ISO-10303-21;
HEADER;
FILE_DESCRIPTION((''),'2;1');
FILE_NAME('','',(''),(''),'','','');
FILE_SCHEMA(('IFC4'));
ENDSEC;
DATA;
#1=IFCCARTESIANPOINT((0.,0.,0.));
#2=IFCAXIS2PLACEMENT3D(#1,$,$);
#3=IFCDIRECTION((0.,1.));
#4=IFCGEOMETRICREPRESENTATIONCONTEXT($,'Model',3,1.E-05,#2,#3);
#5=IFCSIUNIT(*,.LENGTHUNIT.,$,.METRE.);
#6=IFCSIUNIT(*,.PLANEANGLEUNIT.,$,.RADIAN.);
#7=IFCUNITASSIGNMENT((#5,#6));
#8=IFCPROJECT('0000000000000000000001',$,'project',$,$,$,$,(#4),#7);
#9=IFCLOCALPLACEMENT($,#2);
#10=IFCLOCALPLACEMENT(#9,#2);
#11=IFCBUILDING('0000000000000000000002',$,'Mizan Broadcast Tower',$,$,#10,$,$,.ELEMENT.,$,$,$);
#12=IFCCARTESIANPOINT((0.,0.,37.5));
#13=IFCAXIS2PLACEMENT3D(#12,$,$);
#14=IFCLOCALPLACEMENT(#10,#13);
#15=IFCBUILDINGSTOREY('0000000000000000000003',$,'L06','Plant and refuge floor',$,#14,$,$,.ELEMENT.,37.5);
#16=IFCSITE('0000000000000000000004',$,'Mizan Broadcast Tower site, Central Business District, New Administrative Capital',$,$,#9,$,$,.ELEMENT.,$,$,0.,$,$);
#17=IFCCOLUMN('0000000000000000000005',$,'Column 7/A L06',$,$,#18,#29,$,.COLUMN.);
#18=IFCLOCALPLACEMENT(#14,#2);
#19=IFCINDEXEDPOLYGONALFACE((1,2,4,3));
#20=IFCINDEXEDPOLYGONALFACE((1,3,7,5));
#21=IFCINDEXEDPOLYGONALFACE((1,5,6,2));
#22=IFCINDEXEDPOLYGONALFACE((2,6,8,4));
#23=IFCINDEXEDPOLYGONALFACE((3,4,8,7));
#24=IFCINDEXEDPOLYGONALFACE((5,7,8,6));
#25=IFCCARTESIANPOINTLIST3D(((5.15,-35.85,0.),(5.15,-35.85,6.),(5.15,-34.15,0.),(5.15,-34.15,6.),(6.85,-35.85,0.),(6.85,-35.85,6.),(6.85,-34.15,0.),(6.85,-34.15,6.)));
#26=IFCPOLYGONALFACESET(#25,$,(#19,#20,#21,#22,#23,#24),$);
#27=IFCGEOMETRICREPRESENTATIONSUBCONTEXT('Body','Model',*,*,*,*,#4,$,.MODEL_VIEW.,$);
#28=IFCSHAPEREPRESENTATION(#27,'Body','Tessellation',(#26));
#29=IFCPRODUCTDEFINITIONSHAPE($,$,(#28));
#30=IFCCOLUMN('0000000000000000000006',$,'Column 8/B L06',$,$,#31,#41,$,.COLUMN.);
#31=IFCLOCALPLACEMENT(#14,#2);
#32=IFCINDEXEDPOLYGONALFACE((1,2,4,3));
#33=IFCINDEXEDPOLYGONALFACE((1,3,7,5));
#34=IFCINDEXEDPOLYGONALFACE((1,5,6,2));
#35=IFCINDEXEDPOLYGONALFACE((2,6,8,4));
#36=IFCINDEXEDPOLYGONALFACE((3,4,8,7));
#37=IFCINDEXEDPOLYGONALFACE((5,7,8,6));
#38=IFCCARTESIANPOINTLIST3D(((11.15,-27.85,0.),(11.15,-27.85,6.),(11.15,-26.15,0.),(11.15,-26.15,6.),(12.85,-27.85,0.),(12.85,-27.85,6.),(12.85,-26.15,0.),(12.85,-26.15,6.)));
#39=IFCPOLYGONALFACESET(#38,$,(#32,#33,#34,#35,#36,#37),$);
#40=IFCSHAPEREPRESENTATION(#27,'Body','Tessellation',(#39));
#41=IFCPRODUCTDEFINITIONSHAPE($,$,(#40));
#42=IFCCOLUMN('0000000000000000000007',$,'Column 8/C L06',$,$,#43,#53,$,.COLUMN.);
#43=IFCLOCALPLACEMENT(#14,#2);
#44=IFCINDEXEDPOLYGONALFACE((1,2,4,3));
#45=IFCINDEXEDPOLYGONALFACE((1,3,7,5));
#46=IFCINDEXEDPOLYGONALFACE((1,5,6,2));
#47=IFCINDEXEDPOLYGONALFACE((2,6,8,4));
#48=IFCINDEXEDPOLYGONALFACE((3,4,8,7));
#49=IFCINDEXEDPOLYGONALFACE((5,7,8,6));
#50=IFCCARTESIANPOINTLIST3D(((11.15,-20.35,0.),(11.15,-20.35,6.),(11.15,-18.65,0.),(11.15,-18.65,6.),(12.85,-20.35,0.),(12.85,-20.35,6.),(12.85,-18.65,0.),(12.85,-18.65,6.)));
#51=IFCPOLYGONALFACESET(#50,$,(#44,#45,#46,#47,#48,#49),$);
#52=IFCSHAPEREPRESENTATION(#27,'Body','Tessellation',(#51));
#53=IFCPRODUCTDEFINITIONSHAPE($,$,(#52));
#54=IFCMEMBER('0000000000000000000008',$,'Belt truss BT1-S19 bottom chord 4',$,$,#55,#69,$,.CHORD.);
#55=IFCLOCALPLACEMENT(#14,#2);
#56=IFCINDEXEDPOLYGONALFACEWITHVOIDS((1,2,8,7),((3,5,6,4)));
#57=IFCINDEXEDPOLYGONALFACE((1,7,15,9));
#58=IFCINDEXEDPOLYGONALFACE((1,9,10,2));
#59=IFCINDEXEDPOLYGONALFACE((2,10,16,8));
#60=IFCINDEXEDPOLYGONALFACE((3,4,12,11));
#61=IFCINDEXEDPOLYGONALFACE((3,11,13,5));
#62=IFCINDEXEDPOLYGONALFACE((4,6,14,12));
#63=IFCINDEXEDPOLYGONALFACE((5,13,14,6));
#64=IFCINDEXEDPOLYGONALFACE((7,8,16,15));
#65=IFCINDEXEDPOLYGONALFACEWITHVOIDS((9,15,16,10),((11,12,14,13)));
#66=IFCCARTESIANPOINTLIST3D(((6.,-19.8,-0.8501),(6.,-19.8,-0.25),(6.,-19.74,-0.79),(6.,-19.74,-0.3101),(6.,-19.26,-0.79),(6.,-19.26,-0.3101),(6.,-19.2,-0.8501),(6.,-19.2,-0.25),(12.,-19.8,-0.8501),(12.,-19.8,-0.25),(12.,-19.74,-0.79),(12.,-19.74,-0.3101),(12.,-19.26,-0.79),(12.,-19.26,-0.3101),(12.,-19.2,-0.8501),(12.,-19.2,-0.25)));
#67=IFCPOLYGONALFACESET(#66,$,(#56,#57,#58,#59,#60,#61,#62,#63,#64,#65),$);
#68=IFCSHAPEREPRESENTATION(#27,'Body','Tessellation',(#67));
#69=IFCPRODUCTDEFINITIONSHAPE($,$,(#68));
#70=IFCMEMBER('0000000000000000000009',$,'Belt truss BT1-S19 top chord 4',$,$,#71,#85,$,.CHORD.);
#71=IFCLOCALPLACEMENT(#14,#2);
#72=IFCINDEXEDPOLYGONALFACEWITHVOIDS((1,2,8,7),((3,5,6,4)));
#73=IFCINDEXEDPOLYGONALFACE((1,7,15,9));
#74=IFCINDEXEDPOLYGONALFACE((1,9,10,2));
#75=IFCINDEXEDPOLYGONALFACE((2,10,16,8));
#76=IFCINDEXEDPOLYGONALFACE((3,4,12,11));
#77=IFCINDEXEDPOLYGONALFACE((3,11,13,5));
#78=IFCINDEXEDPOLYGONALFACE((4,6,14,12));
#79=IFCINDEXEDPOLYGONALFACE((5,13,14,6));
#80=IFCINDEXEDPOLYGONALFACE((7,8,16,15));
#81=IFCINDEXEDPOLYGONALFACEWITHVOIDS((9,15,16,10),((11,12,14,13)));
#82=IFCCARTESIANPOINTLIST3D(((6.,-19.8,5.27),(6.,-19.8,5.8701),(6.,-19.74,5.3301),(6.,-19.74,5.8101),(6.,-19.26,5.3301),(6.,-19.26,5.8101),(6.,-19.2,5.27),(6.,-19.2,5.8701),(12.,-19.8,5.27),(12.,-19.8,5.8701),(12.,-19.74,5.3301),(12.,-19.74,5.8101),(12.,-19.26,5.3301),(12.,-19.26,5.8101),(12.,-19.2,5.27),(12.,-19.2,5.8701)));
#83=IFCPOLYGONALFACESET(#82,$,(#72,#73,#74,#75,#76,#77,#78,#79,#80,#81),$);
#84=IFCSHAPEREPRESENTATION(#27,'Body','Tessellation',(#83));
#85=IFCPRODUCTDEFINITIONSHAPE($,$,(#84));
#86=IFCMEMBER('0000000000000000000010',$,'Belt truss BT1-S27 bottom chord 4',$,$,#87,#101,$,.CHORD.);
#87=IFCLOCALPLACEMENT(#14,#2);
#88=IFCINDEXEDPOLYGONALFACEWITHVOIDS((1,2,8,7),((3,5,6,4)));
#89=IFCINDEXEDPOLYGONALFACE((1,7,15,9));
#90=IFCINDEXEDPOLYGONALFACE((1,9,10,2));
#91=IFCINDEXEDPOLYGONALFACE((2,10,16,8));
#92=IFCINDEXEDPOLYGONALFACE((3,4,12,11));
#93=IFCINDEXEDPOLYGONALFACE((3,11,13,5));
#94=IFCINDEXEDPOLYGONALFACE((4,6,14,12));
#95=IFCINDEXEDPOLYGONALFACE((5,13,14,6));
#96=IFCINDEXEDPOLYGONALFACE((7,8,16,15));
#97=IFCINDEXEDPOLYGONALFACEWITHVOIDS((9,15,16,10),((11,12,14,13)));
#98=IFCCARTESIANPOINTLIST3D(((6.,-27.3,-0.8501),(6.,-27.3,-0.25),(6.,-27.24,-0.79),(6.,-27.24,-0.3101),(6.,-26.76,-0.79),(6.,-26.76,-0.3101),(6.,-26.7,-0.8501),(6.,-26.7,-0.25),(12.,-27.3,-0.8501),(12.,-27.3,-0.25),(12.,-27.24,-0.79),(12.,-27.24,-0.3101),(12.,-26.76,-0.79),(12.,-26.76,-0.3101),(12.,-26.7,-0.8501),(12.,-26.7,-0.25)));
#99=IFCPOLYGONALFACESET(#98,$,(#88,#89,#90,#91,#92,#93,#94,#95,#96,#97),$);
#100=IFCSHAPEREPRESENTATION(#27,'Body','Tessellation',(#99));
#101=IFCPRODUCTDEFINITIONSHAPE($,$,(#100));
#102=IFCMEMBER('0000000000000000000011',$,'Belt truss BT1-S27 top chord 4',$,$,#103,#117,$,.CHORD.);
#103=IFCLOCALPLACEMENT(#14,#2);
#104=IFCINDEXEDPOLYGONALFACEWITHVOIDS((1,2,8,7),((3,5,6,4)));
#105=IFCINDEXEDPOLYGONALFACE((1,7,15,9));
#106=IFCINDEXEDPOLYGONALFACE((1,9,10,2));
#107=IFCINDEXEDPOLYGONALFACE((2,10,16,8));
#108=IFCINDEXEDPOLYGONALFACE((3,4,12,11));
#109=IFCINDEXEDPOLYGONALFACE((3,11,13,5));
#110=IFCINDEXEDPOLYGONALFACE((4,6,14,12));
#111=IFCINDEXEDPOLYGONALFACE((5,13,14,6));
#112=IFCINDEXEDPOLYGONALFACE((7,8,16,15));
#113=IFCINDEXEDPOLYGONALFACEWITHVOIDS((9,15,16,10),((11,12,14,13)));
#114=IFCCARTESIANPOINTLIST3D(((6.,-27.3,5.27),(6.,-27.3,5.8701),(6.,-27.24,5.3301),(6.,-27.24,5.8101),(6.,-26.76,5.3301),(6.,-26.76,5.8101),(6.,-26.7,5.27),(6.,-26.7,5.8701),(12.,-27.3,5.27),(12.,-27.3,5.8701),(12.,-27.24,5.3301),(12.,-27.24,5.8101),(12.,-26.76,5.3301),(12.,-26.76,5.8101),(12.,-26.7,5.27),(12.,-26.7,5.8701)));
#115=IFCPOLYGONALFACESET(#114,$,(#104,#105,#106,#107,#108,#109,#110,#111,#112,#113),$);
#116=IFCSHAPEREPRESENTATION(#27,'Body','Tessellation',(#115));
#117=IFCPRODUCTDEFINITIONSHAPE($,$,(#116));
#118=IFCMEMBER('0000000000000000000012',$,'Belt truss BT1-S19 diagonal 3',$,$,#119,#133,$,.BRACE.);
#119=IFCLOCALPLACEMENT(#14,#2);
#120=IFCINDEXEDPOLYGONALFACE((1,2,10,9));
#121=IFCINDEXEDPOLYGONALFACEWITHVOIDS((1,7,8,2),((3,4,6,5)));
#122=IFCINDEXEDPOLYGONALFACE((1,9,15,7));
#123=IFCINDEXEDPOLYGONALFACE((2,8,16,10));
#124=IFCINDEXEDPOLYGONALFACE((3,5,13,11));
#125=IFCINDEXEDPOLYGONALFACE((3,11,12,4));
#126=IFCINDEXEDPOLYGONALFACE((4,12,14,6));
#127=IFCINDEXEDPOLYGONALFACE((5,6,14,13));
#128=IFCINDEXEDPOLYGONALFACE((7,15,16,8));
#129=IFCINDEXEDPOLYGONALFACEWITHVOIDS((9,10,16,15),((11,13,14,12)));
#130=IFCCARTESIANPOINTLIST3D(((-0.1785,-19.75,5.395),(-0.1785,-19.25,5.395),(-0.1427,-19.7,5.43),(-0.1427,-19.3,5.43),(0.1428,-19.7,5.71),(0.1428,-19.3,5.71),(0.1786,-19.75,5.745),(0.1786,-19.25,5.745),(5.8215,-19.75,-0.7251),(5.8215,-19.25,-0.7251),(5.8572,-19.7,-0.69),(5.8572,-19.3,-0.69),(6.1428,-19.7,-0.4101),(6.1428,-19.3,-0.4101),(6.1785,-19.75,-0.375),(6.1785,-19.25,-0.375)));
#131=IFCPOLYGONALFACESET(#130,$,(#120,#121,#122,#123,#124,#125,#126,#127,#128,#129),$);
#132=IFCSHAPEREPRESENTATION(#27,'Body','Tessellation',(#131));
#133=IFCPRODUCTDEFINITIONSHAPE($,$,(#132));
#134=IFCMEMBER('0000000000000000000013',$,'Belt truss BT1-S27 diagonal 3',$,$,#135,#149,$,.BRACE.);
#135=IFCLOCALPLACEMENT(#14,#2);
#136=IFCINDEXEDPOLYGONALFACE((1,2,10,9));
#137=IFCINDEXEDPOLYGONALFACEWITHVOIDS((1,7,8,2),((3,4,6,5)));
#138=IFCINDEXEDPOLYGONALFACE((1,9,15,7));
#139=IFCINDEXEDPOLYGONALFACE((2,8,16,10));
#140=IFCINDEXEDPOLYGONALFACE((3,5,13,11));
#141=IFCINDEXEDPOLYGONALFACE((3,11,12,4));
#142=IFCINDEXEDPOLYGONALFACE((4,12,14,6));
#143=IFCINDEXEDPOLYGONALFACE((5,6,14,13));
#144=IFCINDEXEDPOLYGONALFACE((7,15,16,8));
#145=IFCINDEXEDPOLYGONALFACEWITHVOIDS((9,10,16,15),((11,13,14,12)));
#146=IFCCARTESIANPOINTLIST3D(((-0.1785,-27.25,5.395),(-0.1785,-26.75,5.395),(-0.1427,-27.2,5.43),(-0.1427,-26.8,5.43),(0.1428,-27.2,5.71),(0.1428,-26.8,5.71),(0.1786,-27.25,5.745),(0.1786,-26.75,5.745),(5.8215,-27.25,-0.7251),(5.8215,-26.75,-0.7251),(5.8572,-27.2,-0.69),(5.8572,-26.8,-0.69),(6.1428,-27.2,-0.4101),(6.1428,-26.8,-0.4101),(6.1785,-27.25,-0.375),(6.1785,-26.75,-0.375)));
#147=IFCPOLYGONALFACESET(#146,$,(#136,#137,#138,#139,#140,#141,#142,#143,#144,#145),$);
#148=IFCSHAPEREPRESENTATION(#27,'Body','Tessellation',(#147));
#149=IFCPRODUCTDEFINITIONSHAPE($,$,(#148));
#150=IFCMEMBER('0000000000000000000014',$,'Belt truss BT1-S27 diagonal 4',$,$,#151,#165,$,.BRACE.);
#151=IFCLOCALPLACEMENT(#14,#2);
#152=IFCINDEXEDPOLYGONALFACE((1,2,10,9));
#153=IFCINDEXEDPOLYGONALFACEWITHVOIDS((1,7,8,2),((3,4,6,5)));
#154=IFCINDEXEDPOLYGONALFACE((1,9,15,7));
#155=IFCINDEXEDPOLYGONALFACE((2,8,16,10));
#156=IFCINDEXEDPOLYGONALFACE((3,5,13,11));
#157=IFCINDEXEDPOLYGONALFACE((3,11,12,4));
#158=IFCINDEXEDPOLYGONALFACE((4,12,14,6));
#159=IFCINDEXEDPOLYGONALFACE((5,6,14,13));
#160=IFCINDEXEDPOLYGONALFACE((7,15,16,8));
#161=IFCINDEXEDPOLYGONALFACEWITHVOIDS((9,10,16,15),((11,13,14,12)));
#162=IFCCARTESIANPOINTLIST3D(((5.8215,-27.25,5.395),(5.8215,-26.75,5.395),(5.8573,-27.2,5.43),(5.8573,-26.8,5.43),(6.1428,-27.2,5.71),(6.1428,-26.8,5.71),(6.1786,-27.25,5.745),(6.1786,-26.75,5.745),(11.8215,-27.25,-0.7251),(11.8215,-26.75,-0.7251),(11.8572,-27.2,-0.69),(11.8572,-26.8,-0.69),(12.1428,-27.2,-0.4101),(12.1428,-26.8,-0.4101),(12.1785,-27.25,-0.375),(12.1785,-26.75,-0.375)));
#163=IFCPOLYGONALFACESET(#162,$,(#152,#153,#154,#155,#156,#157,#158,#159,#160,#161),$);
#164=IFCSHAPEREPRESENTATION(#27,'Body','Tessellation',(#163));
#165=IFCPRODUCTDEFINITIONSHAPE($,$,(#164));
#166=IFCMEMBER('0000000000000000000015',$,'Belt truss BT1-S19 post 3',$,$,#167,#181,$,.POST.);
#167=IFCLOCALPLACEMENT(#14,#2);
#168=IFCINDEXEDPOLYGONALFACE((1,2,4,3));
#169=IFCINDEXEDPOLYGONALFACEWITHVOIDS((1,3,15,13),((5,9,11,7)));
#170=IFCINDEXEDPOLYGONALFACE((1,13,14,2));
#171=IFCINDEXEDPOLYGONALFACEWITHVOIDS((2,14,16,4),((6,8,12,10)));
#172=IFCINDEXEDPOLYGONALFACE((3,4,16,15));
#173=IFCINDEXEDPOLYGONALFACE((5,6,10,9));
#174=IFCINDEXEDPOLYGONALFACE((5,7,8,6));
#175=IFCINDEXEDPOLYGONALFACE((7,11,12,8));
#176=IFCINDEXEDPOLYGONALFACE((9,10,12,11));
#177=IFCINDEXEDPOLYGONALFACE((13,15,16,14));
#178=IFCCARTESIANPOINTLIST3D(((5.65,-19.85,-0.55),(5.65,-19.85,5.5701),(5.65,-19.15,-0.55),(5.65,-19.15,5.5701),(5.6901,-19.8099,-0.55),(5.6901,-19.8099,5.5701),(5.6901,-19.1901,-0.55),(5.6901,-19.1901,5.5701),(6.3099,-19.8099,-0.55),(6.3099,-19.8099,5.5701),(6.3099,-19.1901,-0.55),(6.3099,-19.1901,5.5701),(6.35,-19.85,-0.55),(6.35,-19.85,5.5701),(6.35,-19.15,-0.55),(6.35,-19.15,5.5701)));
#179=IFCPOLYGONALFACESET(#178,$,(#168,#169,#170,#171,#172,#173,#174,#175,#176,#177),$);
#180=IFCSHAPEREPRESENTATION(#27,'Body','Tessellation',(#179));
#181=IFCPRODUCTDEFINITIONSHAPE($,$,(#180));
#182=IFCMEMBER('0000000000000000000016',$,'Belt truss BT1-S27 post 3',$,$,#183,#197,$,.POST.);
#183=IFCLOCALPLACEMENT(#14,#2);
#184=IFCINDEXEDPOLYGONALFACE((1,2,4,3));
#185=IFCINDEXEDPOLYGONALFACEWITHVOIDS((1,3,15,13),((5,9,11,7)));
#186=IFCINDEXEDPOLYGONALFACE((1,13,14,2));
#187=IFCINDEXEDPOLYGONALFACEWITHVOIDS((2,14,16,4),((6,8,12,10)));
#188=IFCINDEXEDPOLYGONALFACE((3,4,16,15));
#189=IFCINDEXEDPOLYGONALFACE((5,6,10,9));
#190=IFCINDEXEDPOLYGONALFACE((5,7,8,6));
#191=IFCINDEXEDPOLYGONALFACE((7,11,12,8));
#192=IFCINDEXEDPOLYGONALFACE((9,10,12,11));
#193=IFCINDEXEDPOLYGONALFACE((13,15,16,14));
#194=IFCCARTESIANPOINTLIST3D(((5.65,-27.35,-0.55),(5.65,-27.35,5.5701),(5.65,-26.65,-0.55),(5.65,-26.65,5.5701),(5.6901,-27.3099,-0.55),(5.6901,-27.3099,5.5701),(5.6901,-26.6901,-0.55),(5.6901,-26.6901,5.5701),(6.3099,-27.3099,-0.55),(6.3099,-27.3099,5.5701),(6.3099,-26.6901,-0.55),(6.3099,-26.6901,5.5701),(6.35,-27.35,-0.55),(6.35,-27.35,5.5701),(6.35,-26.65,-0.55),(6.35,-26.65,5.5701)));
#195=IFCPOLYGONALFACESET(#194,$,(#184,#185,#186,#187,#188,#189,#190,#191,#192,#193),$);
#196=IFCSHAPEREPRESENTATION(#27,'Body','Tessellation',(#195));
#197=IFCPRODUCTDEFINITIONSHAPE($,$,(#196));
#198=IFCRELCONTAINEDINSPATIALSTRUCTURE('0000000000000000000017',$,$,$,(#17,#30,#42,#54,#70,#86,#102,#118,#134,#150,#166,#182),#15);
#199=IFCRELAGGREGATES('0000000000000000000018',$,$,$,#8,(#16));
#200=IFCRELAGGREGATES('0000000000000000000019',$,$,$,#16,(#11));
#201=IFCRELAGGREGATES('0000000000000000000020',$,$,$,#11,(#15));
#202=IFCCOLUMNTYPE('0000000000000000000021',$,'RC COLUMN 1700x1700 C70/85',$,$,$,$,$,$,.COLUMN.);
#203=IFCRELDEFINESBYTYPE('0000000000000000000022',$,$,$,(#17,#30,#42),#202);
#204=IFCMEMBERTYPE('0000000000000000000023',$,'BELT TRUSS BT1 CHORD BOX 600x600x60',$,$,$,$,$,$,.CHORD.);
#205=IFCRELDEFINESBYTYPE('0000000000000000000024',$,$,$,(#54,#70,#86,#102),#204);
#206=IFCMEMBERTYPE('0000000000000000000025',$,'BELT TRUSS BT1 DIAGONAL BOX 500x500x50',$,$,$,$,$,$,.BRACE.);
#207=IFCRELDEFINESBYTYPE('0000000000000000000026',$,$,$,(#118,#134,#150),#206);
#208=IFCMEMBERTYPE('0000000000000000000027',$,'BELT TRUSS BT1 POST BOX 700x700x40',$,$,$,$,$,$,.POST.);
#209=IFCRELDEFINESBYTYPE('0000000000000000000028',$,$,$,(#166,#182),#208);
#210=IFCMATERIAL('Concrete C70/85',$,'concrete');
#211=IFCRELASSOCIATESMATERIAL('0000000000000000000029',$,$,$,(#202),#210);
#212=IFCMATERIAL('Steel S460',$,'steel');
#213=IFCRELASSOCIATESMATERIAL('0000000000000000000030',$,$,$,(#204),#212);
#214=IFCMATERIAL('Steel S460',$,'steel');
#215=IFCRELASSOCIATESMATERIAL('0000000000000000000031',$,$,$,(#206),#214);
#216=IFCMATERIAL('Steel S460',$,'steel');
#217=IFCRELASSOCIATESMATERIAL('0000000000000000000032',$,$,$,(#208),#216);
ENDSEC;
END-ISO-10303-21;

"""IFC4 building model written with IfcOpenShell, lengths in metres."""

from ifc_helpers import new_model, si_unit, direction, frame, origin, origin_2d, place, context, subcontext, project, spatial, rectangle, hollow_rectangle, extrude, material, material_profile, profile_set, type_object, element, save


model = new_model("IFC4")

# Units and contexts
model_context = context("Model", 3, precision=1e-05, world=origin(), true_north=direction((0.0, 1.0)))
body_context = subcontext(model_context, "Body", "Model", "MODEL_VIEW")
ifc_project = project(units=[si_unit("LENGTHUNIT", "METRE"), si_unit("PLANEANGLEUNIT", "RADIAN")], contexts=[model_context])

# Site, building, storey
site_placement = place(None, origin())
site = spatial("IfcSite", under=ifc_project, at=site_placement, Name="Mizan Broadcast Tower site, Central Business District, New Administrative Capital", CompositionType="ELEMENT", RefElevation=0.0)
building_placement = place(site_placement, origin())
building = spatial("IfcBuilding", under=site, at=building_placement, Name="Mizan Broadcast Tower", CompositionType="ELEMENT")
storey_placement = place(building_placement, frame((0.0, 0.0, 37.5)))
storey = spatial("IfcBuildingStorey", under=building, at=storey_placement, Name="L06", Description="Plant and refuge floor", CompositionType="ELEMENT", Elevation=37.5)

# Columns
ifc_material_1 = material(Name="Concrete C70/85", Category="concrete")
ifc_material_profile_1 = material_profile(ifc_material_1, rectangle(XDim=1.7, YDim=1.7, at=origin_2d()), Name="RC 1700x1700")
ifc_profile_set_1 = profile_set([ifc_material_profile_1], Name="Concrete C70/85")
column_type = type_object("IfcColumnType", Name="RC COLUMN 1700x1700 C70/85", PredefinedType="COLUMN", material=ifc_profile_set_1)
for number, where, z_axis, x_axis, name in (
    (1, (6.0, -35.0, 0.0), (0.0, 0.0, 1.0), (1.0, 0.0, 0.0), "Column 7/A L06"),
    (2, (12.0, -27.0, 0.0), (0.0, 0.0, 1.0), (1.0, 0.0, 0.0), "Column 8/B L06"),
    (3, (12.0, -19.5, 0.0), (0.0, 0.0, 1.0), (1.0, 0.0, 0.0), "Column 8/C L06"),
):
    element("IfcColumn", number, at=place(storey_placement, frame(where, z_axis=z_axis, x_axis=x_axis)), inside=storey, type_object=column_type, Name=name, PredefinedType="COLUMN", context=body_context, shape_type="SweptSolid", body=[
        extrude(rectangle(XDim=1.7, YDim=1.7, at=origin_2d()), origin(), (0.0, 0.0, 1.0), 6.0),
    ])

# Members
ifc_material_2 = material(Name="Steel S460", Category="steel")
ifc_material_profile_2 = material_profile(ifc_material_2, hollow_rectangle(XDim=0.6001, YDim=0.6001, WallThickness=0.0601, at=origin_2d()), Name="BOX 600x600x60")
ifc_profile_set_2 = profile_set([ifc_material_profile_2], Name="Steel S460")
member_type_1 = type_object("IfcMemberType", Name="BELT TRUSS BT1 CHORD BOX 600x600x60", PredefinedType="CHORD", material=ifc_profile_set_2)
for number, where, z_axis, x_axis, name in (
    (4, (6.0, -19.5, -0.55), (1.0, 0.0, 0.0), (0.0, 1.0, 0.0), "Belt truss BT1-S19 bottom chord 4"),
    (5, (6.0, -19.5, 5.5701), (1.0, 0.0, 0.0), (0.0, 1.0, 0.0), "Belt truss BT1-S19 top chord 4"),
    (6, (6.0, -27.0, -0.55), (1.0, 0.0, 0.0), (0.0, 1.0, 0.0), "Belt truss BT1-S27 bottom chord 4"),
    (7, (6.0, -27.0, 5.5701), (1.0, 0.0, 0.0), (0.0, 1.0, 0.0), "Belt truss BT1-S27 top chord 4"),
):
    element("IfcMember", number, at=place(storey_placement, frame(where, z_axis=z_axis, x_axis=x_axis)), inside=storey, type_object=member_type_1, Name=name, PredefinedType="CHORD", context=body_context, shape_type="SweptSolid", body=[
        extrude(hollow_rectangle(XDim=0.6001, YDim=0.6001, WallThickness=0.0601, at=origin_2d()), origin(), (0.0, 0.0, 1.0), 6.0),
    ])
ifc_material_3 = material(Name="Steel S460", Category="steel")
ifc_material_profile_3 = material_profile(ifc_material_3, hollow_rectangle(XDim=0.5, YDim=0.5, WallThickness=0.05, at=origin_2d()), Name="BOX 500x500x50")
ifc_profile_set_3 = profile_set([ifc_material_profile_3], Name="Steel S460")
member_type_2 = type_object("IfcMemberType", Name="BELT TRUSS BT1 DIAGONAL BOX 500x500x50", PredefinedType="BRACE", material=ifc_profile_set_3)
for number, where, z_axis, x_axis, name in (
    (8, (6.0, -19.5, -0.55), (-0.700065, 0.0, 0.71408), (0.0, -1.0, 0.0), "Belt truss BT1-S19 diagonal 3"),
    (9, (6.0, -27.0, -0.55), (-0.700065, 0.0, 0.71408), (0.0, -1.0, 0.0), "Belt truss BT1-S27 diagonal 3"),
    (10, (12.0, -27.0, -0.55), (-0.700065, 0.0, 0.71408), (0.0, -1.0, 0.0), "Belt truss BT1-S27 diagonal 4"),
):
    element("IfcMember", number, at=place(storey_placement, frame(where, z_axis=z_axis, x_axis=x_axis)), inside=storey, type_object=member_type_2, Name=name, PredefinedType="BRACE", context=body_context, shape_type="SweptSolid", body=[
        extrude(hollow_rectangle(XDim=0.5, YDim=0.5, WallThickness=0.05, at=origin_2d()), origin(), (0.0, 0.0, 1.0), 8.5706),
    ])
ifc_material_4 = material(Name="Steel S460", Category="steel")
ifc_material_profile_4 = material_profile(ifc_material_4, hollow_rectangle(XDim=0.7, YDim=0.7, WallThickness=0.04, at=origin_2d()), Name="BOX 700x700x40")
ifc_profile_set_4 = profile_set([ifc_material_profile_4], Name="Steel S460")
member_type_3 = type_object("IfcMemberType", Name="BELT TRUSS BT1 POST BOX 700x700x40", PredefinedType="POST", material=ifc_profile_set_4)
for number, where, z_axis, x_axis, name in (
    (11, (6.0, -19.5, -0.55), (0.0, 0.0, 1.0), (1.0, 0.0, 0.0), "Belt truss BT1-S19 post 3"),
    (12, (6.0, -27.0, -0.55), (0.0, 0.0, 1.0), (1.0, 0.0, 0.0), "Belt truss BT1-S27 post 3"),
):
    element("IfcMember", number, at=place(storey_placement, frame(where, z_axis=z_axis, x_axis=x_axis)), inside=storey, type_object=member_type_3, Name=name, PredefinedType="POST", context=body_context, shape_type="SweptSolid", body=[
        extrude(hollow_rectangle(XDim=0.7, YDim=0.7, WallThickness=0.04, at=origin_2d()), origin(), (0.0, 0.0, 1.0), 6.1201),
    ])

save(model, "model.ifc")
